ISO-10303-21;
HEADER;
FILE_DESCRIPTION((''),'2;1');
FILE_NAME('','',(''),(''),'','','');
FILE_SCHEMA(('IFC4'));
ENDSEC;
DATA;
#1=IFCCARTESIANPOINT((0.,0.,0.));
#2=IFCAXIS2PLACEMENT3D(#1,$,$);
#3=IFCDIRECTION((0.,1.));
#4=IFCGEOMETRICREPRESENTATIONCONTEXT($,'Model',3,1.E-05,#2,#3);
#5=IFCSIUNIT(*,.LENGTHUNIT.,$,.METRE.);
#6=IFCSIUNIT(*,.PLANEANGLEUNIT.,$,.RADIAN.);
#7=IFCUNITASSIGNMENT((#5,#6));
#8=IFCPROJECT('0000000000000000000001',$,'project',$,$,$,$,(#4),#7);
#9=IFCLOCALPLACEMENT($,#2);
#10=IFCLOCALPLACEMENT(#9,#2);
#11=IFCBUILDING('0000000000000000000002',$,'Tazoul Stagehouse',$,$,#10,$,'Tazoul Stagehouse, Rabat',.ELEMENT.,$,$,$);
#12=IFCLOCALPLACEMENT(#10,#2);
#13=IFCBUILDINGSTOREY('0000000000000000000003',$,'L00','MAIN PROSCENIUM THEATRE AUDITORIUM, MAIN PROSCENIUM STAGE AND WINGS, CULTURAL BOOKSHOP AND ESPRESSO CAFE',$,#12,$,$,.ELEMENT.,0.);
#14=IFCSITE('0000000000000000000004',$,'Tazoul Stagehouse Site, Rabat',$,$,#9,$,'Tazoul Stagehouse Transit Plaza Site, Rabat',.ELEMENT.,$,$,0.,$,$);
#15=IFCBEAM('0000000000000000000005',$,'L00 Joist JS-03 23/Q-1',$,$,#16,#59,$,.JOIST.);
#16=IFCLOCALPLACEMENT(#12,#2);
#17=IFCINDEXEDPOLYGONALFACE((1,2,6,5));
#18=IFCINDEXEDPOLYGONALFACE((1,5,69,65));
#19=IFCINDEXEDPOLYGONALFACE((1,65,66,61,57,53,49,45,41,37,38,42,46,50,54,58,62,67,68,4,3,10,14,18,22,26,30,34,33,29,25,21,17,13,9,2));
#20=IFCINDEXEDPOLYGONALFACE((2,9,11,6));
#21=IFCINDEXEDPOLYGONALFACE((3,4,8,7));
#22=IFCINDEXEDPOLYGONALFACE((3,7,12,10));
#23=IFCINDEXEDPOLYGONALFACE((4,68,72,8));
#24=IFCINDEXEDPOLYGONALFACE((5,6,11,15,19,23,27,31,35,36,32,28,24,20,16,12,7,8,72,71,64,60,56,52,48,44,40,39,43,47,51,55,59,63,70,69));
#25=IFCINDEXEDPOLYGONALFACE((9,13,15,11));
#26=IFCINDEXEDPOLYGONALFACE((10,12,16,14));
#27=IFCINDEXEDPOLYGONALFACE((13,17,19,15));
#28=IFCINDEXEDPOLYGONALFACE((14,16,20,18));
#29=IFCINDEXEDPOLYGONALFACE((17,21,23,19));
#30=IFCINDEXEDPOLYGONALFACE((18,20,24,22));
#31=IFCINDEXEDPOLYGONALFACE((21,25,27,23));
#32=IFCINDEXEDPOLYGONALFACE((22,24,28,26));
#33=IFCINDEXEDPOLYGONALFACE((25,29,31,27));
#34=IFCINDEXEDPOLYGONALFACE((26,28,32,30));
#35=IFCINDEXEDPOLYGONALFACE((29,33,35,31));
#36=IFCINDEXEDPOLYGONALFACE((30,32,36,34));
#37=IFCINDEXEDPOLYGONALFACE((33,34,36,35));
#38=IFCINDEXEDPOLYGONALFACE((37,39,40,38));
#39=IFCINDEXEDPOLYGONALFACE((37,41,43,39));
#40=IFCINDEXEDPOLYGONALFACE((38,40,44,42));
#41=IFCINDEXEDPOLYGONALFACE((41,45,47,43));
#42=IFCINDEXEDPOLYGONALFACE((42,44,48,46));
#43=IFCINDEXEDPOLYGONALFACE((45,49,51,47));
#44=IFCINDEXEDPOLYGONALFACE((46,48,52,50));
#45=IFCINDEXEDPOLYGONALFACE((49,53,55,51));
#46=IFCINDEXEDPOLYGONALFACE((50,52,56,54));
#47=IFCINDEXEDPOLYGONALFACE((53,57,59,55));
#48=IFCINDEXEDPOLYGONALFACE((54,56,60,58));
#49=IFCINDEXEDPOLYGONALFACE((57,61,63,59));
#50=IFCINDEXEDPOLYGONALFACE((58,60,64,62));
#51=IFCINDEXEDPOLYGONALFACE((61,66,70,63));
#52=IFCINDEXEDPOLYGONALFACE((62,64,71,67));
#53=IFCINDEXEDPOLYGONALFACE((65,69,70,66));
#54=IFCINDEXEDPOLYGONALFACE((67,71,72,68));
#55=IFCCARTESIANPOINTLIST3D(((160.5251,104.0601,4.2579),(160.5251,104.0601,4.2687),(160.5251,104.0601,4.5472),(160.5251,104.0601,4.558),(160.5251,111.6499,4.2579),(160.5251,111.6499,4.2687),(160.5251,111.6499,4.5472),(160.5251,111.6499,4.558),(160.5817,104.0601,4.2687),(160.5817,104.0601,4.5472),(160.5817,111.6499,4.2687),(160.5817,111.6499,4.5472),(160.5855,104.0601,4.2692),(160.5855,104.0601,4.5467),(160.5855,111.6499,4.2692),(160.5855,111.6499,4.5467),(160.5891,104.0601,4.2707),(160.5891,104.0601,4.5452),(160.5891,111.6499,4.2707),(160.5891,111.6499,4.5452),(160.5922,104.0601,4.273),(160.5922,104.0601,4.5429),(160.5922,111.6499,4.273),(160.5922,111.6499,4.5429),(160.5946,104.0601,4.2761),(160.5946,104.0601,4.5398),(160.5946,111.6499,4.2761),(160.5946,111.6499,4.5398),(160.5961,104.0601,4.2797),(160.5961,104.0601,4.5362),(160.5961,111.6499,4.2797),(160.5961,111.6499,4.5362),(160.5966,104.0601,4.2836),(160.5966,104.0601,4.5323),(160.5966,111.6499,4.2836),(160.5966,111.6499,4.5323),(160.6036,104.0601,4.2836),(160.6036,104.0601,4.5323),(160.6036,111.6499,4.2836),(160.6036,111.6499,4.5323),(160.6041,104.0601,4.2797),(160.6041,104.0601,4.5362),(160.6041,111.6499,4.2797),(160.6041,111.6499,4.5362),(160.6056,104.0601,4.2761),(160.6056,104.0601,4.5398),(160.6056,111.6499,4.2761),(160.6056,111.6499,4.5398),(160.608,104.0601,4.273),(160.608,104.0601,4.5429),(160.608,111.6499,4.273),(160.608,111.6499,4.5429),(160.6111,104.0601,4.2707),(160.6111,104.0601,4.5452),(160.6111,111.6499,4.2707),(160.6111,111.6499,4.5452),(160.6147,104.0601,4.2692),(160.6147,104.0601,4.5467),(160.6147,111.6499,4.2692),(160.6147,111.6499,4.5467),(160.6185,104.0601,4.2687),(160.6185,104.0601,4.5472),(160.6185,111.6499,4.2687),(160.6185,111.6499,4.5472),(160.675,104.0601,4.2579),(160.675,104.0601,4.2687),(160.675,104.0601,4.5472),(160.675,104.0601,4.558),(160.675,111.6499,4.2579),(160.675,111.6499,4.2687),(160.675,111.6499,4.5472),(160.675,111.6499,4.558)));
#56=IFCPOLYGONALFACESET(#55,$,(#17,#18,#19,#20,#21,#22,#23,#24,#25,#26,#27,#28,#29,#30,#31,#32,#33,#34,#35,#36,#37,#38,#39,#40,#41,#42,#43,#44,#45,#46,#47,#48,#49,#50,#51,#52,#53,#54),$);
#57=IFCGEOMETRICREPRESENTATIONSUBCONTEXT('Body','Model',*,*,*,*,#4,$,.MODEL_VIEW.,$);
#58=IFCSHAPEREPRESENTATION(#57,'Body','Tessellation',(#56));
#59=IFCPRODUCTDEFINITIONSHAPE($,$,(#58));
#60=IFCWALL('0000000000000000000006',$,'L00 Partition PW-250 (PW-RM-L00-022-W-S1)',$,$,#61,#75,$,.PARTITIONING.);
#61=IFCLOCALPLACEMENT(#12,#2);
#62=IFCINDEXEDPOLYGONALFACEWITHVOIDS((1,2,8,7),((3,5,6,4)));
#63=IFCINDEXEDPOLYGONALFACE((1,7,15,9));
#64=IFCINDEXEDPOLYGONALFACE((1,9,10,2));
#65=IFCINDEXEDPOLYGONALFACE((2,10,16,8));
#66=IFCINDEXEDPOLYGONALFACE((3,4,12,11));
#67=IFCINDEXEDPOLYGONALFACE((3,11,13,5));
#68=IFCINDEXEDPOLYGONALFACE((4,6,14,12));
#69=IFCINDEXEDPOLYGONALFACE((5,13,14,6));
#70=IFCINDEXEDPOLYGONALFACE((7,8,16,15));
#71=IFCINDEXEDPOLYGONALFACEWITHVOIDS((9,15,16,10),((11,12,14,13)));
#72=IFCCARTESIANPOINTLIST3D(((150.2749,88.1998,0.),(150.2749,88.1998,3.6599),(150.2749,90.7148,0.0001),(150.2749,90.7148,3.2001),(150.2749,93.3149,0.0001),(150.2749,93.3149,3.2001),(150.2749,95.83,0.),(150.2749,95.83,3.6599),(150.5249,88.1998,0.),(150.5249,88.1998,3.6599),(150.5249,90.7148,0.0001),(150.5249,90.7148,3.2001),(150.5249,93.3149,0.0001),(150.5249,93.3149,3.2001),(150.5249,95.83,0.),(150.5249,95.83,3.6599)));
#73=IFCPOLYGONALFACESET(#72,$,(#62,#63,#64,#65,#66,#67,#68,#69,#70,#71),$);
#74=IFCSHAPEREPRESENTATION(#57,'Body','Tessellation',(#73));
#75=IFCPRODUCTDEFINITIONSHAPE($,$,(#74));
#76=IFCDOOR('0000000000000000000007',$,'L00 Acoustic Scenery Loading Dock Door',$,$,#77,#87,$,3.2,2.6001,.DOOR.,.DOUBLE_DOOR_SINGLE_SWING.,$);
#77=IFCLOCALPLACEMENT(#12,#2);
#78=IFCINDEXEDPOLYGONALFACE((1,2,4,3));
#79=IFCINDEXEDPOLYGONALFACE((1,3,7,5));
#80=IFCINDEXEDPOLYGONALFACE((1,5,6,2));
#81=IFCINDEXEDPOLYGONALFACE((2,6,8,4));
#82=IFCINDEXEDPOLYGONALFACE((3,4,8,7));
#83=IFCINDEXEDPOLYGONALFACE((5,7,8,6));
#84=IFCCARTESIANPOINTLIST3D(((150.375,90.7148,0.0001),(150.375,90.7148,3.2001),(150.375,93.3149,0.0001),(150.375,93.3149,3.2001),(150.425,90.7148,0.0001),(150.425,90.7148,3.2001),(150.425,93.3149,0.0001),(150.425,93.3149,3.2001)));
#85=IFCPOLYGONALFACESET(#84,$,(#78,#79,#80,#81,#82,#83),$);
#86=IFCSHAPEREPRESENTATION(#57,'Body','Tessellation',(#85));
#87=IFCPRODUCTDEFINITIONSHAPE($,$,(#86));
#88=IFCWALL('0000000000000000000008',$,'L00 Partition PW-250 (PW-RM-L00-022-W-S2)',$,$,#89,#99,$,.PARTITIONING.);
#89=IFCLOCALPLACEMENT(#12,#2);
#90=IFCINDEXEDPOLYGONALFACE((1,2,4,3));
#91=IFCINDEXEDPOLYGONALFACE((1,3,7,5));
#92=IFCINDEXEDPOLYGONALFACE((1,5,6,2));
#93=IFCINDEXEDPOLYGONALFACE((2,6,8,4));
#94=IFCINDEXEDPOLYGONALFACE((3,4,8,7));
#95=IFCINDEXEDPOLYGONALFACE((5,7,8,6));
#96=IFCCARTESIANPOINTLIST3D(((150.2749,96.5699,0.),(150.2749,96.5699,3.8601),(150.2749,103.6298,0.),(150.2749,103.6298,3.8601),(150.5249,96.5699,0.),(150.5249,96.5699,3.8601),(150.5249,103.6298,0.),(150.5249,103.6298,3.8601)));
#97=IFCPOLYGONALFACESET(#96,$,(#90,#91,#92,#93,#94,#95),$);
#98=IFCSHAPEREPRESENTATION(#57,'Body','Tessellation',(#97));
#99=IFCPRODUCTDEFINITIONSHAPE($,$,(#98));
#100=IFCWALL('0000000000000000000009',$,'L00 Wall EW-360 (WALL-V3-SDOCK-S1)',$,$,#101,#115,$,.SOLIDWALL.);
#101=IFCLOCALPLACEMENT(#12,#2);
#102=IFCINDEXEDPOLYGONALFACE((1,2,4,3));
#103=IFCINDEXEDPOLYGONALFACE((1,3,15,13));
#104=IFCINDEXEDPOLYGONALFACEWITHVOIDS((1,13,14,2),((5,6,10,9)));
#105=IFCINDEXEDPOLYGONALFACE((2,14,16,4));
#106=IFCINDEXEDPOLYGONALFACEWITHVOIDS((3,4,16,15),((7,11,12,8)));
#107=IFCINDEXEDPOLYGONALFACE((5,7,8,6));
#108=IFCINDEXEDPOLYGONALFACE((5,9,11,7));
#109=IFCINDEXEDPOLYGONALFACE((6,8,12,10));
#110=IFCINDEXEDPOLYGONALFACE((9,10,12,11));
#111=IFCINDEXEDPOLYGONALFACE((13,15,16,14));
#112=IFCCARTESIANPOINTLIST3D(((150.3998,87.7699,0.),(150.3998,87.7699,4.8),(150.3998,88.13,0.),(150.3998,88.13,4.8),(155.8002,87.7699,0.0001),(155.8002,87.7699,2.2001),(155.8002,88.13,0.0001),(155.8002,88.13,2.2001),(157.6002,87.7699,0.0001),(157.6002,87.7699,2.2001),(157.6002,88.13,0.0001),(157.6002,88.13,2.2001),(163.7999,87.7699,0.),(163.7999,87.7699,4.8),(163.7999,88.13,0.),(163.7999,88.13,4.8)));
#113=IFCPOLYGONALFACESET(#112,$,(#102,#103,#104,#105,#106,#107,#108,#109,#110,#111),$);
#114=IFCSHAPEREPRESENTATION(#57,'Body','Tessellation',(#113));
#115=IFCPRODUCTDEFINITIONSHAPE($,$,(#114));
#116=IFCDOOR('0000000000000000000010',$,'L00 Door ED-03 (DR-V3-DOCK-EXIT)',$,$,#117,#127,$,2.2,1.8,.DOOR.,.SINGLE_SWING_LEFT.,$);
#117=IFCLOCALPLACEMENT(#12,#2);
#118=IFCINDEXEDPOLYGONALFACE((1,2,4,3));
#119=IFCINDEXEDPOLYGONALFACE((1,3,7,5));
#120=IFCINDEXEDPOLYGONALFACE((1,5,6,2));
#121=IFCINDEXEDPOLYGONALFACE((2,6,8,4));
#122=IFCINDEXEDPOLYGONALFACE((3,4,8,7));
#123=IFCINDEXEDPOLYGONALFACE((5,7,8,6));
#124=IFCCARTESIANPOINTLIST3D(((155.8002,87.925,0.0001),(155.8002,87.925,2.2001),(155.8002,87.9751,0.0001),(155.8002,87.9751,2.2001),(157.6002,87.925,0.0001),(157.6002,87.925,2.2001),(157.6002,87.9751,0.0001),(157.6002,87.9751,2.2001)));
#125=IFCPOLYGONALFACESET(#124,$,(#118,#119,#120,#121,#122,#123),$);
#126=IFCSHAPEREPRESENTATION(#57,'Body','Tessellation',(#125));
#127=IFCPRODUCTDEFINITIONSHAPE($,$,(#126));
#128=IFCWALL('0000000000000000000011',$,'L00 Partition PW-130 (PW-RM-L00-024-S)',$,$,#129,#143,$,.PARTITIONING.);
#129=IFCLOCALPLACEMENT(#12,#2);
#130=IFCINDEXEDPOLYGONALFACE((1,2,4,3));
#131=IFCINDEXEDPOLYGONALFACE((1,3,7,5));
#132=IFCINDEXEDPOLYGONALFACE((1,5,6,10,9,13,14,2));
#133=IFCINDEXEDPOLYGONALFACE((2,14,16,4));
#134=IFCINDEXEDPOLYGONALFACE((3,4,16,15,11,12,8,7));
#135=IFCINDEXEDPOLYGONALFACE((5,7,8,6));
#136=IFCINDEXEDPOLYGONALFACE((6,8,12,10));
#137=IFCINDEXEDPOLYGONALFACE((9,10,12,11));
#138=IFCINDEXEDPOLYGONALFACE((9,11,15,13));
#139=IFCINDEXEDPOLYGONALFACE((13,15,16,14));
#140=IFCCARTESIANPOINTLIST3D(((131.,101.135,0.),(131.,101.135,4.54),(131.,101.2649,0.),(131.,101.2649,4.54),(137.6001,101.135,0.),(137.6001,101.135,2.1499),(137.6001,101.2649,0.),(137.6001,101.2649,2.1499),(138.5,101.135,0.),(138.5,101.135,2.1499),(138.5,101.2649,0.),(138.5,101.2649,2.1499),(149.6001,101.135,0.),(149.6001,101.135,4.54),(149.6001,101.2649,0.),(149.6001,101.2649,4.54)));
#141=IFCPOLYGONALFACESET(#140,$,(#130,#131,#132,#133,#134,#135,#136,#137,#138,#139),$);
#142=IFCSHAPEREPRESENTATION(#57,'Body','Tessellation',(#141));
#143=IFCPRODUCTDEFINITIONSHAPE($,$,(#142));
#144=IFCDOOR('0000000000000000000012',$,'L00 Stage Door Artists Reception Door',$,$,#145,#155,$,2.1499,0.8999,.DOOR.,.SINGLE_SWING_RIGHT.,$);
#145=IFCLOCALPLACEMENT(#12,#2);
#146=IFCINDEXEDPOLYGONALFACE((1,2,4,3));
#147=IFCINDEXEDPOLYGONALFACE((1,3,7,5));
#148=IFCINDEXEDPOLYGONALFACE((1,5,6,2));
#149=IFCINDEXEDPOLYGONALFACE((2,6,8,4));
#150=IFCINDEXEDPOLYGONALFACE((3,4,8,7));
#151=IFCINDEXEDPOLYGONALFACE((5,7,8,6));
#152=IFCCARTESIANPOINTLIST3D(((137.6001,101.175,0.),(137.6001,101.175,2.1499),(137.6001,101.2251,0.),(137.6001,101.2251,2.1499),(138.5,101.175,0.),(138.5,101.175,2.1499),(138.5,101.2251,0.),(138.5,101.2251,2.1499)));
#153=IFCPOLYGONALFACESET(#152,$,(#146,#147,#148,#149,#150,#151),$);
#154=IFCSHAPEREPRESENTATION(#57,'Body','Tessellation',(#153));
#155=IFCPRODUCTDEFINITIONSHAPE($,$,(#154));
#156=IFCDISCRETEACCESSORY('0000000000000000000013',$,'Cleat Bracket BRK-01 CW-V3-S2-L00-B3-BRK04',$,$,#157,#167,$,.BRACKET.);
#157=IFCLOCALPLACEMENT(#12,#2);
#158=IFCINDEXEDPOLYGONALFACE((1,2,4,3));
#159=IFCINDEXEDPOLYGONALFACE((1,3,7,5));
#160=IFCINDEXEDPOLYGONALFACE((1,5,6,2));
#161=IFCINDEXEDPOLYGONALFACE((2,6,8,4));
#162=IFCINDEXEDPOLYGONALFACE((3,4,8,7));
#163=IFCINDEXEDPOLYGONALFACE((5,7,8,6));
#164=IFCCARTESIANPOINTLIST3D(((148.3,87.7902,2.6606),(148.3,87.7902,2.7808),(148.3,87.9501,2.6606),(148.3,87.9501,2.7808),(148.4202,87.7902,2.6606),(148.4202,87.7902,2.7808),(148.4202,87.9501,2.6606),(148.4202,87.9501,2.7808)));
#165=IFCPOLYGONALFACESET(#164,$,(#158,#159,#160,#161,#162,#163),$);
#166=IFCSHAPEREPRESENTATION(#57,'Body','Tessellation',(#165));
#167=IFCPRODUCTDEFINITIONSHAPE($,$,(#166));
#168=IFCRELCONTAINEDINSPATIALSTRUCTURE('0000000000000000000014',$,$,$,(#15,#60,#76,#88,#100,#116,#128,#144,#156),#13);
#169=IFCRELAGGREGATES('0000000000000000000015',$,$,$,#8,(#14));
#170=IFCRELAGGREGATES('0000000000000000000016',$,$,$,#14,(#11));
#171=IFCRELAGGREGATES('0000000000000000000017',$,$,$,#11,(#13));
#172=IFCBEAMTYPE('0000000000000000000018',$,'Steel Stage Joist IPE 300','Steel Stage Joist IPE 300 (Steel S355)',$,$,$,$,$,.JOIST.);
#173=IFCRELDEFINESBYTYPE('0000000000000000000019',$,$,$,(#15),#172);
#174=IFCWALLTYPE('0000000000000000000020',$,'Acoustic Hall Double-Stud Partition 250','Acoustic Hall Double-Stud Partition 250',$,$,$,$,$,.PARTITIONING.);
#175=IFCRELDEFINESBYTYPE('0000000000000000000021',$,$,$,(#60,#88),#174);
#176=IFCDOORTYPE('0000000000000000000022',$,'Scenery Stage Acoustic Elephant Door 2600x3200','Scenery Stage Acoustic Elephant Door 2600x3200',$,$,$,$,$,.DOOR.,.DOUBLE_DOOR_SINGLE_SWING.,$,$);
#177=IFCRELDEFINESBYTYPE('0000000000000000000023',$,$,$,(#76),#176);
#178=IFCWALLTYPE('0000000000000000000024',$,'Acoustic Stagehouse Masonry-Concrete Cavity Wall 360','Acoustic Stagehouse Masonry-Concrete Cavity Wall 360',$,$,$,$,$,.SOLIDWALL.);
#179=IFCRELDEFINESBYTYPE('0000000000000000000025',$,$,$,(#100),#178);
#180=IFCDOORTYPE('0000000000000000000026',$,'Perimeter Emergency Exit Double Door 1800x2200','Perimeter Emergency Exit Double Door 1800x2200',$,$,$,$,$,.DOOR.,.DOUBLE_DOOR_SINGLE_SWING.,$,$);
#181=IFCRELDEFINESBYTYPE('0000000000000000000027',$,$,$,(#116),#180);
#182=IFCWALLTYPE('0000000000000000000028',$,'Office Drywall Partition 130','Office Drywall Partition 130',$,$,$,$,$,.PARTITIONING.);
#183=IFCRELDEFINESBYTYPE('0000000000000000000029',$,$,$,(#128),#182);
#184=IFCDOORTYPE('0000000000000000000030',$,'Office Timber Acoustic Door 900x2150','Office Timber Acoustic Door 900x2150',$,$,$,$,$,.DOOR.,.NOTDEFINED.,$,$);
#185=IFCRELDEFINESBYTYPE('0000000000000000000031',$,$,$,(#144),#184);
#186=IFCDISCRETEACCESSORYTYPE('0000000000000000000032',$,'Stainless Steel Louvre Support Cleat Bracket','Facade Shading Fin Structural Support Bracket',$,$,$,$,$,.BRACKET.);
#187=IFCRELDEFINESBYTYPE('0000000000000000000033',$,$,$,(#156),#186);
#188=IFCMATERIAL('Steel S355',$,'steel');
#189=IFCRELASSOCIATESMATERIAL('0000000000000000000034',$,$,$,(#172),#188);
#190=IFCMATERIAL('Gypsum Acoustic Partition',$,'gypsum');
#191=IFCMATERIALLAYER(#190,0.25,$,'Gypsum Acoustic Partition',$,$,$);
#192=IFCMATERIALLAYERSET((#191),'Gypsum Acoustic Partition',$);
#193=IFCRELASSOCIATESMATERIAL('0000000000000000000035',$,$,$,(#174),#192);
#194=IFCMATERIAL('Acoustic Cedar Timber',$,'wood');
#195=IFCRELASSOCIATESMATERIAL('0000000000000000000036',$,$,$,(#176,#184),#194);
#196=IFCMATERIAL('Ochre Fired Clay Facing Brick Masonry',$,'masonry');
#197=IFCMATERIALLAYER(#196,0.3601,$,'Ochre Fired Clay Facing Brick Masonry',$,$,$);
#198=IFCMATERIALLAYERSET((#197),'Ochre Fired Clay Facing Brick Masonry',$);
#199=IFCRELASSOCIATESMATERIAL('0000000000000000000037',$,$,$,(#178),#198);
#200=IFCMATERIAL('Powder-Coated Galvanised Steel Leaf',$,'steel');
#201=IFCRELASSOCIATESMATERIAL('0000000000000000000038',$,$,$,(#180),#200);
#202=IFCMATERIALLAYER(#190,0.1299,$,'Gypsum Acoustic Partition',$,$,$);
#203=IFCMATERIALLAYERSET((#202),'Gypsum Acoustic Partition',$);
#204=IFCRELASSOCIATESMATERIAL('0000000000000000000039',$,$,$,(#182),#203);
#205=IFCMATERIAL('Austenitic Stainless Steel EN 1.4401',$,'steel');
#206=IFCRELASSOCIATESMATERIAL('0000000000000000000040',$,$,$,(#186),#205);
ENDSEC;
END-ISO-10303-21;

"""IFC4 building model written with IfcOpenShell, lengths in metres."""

from ifc_helpers import new_model, si_unit, direction, frame, frame_2d, origin, origin_2d, place, context, subcontext, project, spatial, rectangle, i_section, extrude, material, layer, layer_set, material_profile, profile_set, type_object, element, fill, save


model = new_model("IFC4")

# Units and contexts
model_context = context("Model", 3, precision=1e-05, world=origin(), true_north=direction((0.0, 1.0)))
body_context = subcontext(model_context, "Body", "Model", "MODEL_VIEW")
ifc_project = project(units=[si_unit("LENGTHUNIT", "METRE"), si_unit("PLANEANGLEUNIT", "RADIAN")], contexts=[model_context])

# Site, building, storey
site_placement = place(None, origin())
site = spatial("IfcSite", under=ifc_project, at=site_placement, Name="Tazoul Stagehouse Site, Rabat", LongName="Tazoul Stagehouse Transit Plaza Site, Rabat", CompositionType="ELEMENT", RefElevation=0.0)
building_placement = place(site_placement, origin())
building = spatial("IfcBuilding", under=site, at=building_placement, Name="Tazoul Stagehouse", LongName="Tazoul Stagehouse, Rabat", CompositionType="ELEMENT")
storey_placement = place(building_placement, origin())
storey = spatial("IfcBuildingStorey", under=building, at=storey_placement, Name="L00", Description="MAIN PROSCENIUM THEATRE AUDITORIUM, MAIN PROSCENIUM STAGE AND WINGS, CULTURAL BOOKSHOP AND ESPRESSO CAFE", CompositionType="ELEMENT", Elevation=0.0)

# Beam
ifc_material_1 = material(Name="Steel S355", Category="steel")
ifc_material_profile_1 = material_profile(ifc_material_1, i_section(OverallWidth=0.1499, OverallDepth=0.3, WebThickness=0.0071, FlangeThickness=0.0107, FilletRadius=0.0149, at=origin_2d()), Name="IPE 300")
ifc_profile_set_1 = profile_set([ifc_material_profile_1], Name="Steel S355")
beam_type_1 = type_object("IfcBeamType", Name="Steel Stage Joist IPE 300", Description="Steel Stage Joist IPE 300 (Steel S355)", PredefinedType="JOIST", material=ifc_profile_set_1)
beam_1_placement = place(storey_placement, frame((160.6001, 104.0601, 4.408), z_axis=(0.0, 1.0, 0.0), x_axis=(-1.0, 0.0, 0.0)))
element("IfcBeam", 1, at=beam_1_placement, inside=storey, type_object=beam_type_1, Name="L00 Joist JS-03 23/Q-1", PredefinedType="JOIST", context=body_context, shape_type="SweptSolid", body=[
    extrude(i_section(OverallWidth=0.1499, OverallDepth=0.3, WebThickness=0.0071, FlangeThickness=0.0107, FilletRadius=0.0149, at=origin_2d()), origin(), (0.0, 0.0, 1.0), 7.5898),
])

# Wall, opening, door
ifc_material_2 = material(Name="Gypsum Acoustic Partition", Category="gypsum")
ifc_layer_1 = layer(ifc_material_2, 0.25, Name="Gypsum Acoustic Partition")
ifc_layer_set_1 = layer_set([ifc_layer_1], Name="Gypsum Acoustic Partition")
wall_type_1 = type_object("IfcWallType", Name="Acoustic Hall Double-Stud Partition 250", Description="Acoustic Hall Double-Stud Partition 250", PredefinedType="PARTITIONING", material=ifc_layer_set_1)
wall_1_placement = place(storey_placement, frame((150.3999, 88.2, 0.0), z_axis=(0.0, 0.0, 1.0), x_axis=(0.0, 1.0, 0.0)))
wall_1 = element("IfcWall", 2, at=wall_1_placement, inside=storey, type_object=wall_type_1, Name="L00 Partition PW-250 (PW-RM-L00-022-W-S1)", PredefinedType="PARTITIONING", context=body_context, shape_type="SweptSolid", body=[
    extrude(rectangle(XDim=7.6301, YDim=0.25, at=frame_2d((3.8149, 0.0))), origin(), (0.0, 0.0, 1.0), 3.6599),
])
opening_1_placement = place(wall_1_placement, frame((2.5149, 0.0, 0.0)))
opening_1 = element("IfcOpeningElement", 3, at=opening_1_placement, cuts=wall_1, PredefinedType="OPENING", context=body_context, shape_type="SweptSolid", body=[
    extrude(rectangle(XDim=2.6001, YDim=3.2, at=frame_2d((1.3, 1.6001))), frame((0.0, 0.145, 0.0), z_axis=(0.0, -1.0, 0.0), x_axis=(1.0, 0.0, 0.0)), (0.0, 0.0, 1.0), 0.29),
])
ifc_material_3 = material(Name="Acoustic Cedar Timber", Category="wood")
door_type_1 = type_object("IfcDoorType", Name="Scenery Stage Acoustic Elephant Door 2600x3200", Description="Scenery Stage Acoustic Elephant Door 2600x3200", OperationType="DOUBLE_DOOR_SINGLE_SWING", PredefinedType="DOOR", material=ifc_material_3)
door_1_placement = place(opening_1_placement, origin())
door_1 = element("IfcDoor", 4, at=door_1_placement, inside=storey, type_object=door_type_1, Name="L00 Acoustic Scenery Loading Dock Door", OperationType="DOUBLE_DOOR_SINGLE_SWING", OverallHeight=3.2, OverallWidth=2.6001, PredefinedType="DOOR", context=body_context, shape_type="SweptSolid", body=[
    extrude(rectangle(XDim=2.6001, YDim=3.2, at=frame_2d((1.3, 1.6001))), frame((0.0, 0.0249, 0.0), z_axis=(0.0, -1.0, 0.0), x_axis=(1.0, 0.0, 0.0)), (0.0, 0.0, 1.0), 0.05),
])
fill(opening_1, door_1)

# Wall
wall_2_placement = place(storey_placement, frame((150.3999, 96.5701, 0.0), z_axis=(0.0, 0.0, 1.0), x_axis=(0.0, 1.0, 0.0)))
element("IfcWall", 5, at=wall_2_placement, inside=storey, type_object=wall_type_1, Name="L00 Partition PW-250 (PW-RM-L00-022-W-S2)", PredefinedType="PARTITIONING", context=body_context, shape_type="SweptSolid", body=[
    extrude(rectangle(XDim=7.0598, YDim=0.25, at=frame_2d((3.5298, 0.0))), origin(), (0.0, 0.0, 1.0), 3.8601),
])

# Walls, openings, doors
ifc_material_4 = material(Name="Ochre Fired Clay Facing Brick Masonry", Category="masonry")
ifc_layer_2 = layer(ifc_material_4, 0.3601, Name="Ochre Fired Clay Facing Brick Masonry")
ifc_layer_set_2 = layer_set([ifc_layer_2], Name="Ochre Fired Clay Facing Brick Masonry")
wall_type_2 = type_object("IfcWallType", Name="Acoustic Stagehouse Masonry-Concrete Cavity Wall 360", Description="Acoustic Stagehouse Masonry-Concrete Cavity Wall 360", PredefinedType="SOLIDWALL", material=ifc_layer_set_2)
wall_3_placement = place(storey_placement, frame((163.8, 87.95, 0.0), z_axis=(0.0, 0.0, 1.0), x_axis=(-1.0, 0.0, 0.0)))
wall_3 = element("IfcWall", 6, at=wall_3_placement, inside=storey, type_object=wall_type_2, Name="L00 Wall EW-360 (WALL-V3-SDOCK-S1)", PredefinedType="SOLIDWALL", context=body_context, shape_type="SweptSolid", body=[
    extrude(rectangle(XDim=13.4001, YDim=0.3601, at=frame_2d((6.7002, 0.0))), origin(), (0.0, 0.0, 1.0), 4.8),
])
opening_2_placement = place(wall_3_placement, frame((6.2, 0.0, 0.0)))
opening_2 = element("IfcOpeningElement", 7, at=opening_2_placement, cuts=wall_3, PredefinedType="OPENING", context=body_context, shape_type="SweptSolid", body=[
    extrude(rectangle(XDim=1.8, YDim=2.2, at=frame_2d((0.8999, 1.1001))), frame((0.0, 0.2, 0.0), z_axis=(0.0, -1.0, 0.0), x_axis=(1.0, 0.0, 0.0)), (0.0, 0.0, 1.0), 0.4001),
])
ifc_material_5 = material(Name="Powder-Coated Galvanised Steel Leaf", Category="steel")
door_type_2 = type_object("IfcDoorType", Name="Perimeter Emergency Exit Double Door 1800x2200", Description="Perimeter Emergency Exit Double Door 1800x2200", OperationType="DOUBLE_DOOR_SINGLE_SWING", PredefinedType="DOOR", material=ifc_material_5)
door_2_placement = place(opening_2_placement, origin())
door_2 = element("IfcDoor", 8, at=door_2_placement, inside=storey, type_object=door_type_2, Name="L00 Door ED-03 (DR-V3-DOCK-EXIT)", OperationType="SINGLE_SWING_LEFT", OverallHeight=2.2, OverallWidth=1.8, PredefinedType="DOOR", context=body_context, shape_type="SweptSolid", body=[
    extrude(rectangle(XDim=1.8, YDim=2.2, at=frame_2d((0.8999, 1.1001))), frame((0.0, 0.0249, 0.0), z_axis=(0.0, -1.0, 0.0), x_axis=(1.0, 0.0, 0.0)), (0.0, 0.0, 1.0), 0.05),
])
fill(opening_2, door_2)
ifc_layer_3 = layer(ifc_material_2, 0.1299, Name="Gypsum Acoustic Partition")
ifc_layer_set_3 = layer_set([ifc_layer_3], Name="Gypsum Acoustic Partition")
wall_type_3 = type_object("IfcWallType", Name="Office Drywall Partition 130", Description="Office Drywall Partition 130", PredefinedType="PARTITIONING", material=ifc_layer_set_3)
wall_4_placement = place(storey_placement, frame((149.6001, 101.2, 0.0), z_axis=(0.0, 0.0, 1.0), x_axis=(-1.0, 0.0, 0.0)))
wall_4 = element("IfcWall", 9, at=wall_4_placement, inside=storey, type_object=wall_type_3, Name="L00 Partition PW-130 (PW-RM-L00-024-S)", PredefinedType="PARTITIONING", context=body_context, shape_type="SweptSolid", body=[
    extrude(rectangle(XDim=18.6001, YDim=0.1299, at=frame_2d((9.3, 0.0))), origin(), (0.0, 0.0, 1.0), 4.54),
])
opening_3_placement = place(wall_4_placement, frame((11.1001, 0.0, 0.0)))
opening_3 = element("IfcOpeningElement", 10, at=opening_3_placement, cuts=wall_4, PredefinedType="OPENING", context=body_context, shape_type="SweptSolid", body=[
    extrude(rectangle(XDim=0.8999, YDim=2.1499, at=frame_2d((0.45, 1.075))), frame((0.0, 0.085, 0.0), z_axis=(0.0, -1.0, 0.0), x_axis=(1.0, 0.0, 0.0)), (0.0, 0.0, 1.0), 0.1699),
])
door_type_3 = type_object("IfcDoorType", Name="Office Timber Acoustic Door 900x2150", Description="Office Timber Acoustic Door 900x2150", OperationType="NOTDEFINED", PredefinedType="DOOR", material=ifc_material_3)
door_3_placement = place(opening_3_placement, origin())
door_3 = element("IfcDoor", 11, at=door_3_placement, inside=storey, type_object=door_type_3, Name="L00 Stage Door Artists Reception Door", OperationType="SINGLE_SWING_RIGHT", OverallHeight=2.1499, OverallWidth=0.8999, PredefinedType="DOOR", context=body_context, shape_type="SweptSolid", body=[
    extrude(rectangle(XDim=0.8999, YDim=2.1499, at=frame_2d((0.45, 1.075))), frame((0.0, 0.0249, 0.0), z_axis=(0.0, -1.0, 0.0), x_axis=(1.0, 0.0, 0.0)), (0.0, 0.0, 1.0), 0.05),
])
fill(opening_3, door_3)

# Discrete accessory
ifc_material_6 = material(Name="Austenitic Stainless Steel EN 1.4401", Category="steel")
discrete_accessory_type = type_object("IfcDiscreteAccessoryType", Name="Stainless Steel Louvre Support Cleat Bracket", Description="Facade Shading Fin Structural Support Bracket", PredefinedType="BRACKET", material=ifc_material_6)
discrete_accessory_placement = place(storey_placement, frame((148.3601, 87.8701, 2.6606), z_axis=(0.0, 0.0, 1.0), x_axis=(1.0, 0.0, 0.0)))
element("IfcDiscreteAccessory", 12, at=discrete_accessory_placement, inside=storey, type_object=discrete_accessory_type, Name="Cleat Bracket BRK-01 CW-V3-S2-L00-B3-BRK04", PredefinedType="BRACKET", context=body_context, shape_type="SweptSolid", body=[
    extrude(rectangle(XDim=0.1201, YDim=0.1599, at=origin_2d()), origin(), (0.0, 0.0, 1.0), 0.1201),
])

save(model, "model.ifc")
